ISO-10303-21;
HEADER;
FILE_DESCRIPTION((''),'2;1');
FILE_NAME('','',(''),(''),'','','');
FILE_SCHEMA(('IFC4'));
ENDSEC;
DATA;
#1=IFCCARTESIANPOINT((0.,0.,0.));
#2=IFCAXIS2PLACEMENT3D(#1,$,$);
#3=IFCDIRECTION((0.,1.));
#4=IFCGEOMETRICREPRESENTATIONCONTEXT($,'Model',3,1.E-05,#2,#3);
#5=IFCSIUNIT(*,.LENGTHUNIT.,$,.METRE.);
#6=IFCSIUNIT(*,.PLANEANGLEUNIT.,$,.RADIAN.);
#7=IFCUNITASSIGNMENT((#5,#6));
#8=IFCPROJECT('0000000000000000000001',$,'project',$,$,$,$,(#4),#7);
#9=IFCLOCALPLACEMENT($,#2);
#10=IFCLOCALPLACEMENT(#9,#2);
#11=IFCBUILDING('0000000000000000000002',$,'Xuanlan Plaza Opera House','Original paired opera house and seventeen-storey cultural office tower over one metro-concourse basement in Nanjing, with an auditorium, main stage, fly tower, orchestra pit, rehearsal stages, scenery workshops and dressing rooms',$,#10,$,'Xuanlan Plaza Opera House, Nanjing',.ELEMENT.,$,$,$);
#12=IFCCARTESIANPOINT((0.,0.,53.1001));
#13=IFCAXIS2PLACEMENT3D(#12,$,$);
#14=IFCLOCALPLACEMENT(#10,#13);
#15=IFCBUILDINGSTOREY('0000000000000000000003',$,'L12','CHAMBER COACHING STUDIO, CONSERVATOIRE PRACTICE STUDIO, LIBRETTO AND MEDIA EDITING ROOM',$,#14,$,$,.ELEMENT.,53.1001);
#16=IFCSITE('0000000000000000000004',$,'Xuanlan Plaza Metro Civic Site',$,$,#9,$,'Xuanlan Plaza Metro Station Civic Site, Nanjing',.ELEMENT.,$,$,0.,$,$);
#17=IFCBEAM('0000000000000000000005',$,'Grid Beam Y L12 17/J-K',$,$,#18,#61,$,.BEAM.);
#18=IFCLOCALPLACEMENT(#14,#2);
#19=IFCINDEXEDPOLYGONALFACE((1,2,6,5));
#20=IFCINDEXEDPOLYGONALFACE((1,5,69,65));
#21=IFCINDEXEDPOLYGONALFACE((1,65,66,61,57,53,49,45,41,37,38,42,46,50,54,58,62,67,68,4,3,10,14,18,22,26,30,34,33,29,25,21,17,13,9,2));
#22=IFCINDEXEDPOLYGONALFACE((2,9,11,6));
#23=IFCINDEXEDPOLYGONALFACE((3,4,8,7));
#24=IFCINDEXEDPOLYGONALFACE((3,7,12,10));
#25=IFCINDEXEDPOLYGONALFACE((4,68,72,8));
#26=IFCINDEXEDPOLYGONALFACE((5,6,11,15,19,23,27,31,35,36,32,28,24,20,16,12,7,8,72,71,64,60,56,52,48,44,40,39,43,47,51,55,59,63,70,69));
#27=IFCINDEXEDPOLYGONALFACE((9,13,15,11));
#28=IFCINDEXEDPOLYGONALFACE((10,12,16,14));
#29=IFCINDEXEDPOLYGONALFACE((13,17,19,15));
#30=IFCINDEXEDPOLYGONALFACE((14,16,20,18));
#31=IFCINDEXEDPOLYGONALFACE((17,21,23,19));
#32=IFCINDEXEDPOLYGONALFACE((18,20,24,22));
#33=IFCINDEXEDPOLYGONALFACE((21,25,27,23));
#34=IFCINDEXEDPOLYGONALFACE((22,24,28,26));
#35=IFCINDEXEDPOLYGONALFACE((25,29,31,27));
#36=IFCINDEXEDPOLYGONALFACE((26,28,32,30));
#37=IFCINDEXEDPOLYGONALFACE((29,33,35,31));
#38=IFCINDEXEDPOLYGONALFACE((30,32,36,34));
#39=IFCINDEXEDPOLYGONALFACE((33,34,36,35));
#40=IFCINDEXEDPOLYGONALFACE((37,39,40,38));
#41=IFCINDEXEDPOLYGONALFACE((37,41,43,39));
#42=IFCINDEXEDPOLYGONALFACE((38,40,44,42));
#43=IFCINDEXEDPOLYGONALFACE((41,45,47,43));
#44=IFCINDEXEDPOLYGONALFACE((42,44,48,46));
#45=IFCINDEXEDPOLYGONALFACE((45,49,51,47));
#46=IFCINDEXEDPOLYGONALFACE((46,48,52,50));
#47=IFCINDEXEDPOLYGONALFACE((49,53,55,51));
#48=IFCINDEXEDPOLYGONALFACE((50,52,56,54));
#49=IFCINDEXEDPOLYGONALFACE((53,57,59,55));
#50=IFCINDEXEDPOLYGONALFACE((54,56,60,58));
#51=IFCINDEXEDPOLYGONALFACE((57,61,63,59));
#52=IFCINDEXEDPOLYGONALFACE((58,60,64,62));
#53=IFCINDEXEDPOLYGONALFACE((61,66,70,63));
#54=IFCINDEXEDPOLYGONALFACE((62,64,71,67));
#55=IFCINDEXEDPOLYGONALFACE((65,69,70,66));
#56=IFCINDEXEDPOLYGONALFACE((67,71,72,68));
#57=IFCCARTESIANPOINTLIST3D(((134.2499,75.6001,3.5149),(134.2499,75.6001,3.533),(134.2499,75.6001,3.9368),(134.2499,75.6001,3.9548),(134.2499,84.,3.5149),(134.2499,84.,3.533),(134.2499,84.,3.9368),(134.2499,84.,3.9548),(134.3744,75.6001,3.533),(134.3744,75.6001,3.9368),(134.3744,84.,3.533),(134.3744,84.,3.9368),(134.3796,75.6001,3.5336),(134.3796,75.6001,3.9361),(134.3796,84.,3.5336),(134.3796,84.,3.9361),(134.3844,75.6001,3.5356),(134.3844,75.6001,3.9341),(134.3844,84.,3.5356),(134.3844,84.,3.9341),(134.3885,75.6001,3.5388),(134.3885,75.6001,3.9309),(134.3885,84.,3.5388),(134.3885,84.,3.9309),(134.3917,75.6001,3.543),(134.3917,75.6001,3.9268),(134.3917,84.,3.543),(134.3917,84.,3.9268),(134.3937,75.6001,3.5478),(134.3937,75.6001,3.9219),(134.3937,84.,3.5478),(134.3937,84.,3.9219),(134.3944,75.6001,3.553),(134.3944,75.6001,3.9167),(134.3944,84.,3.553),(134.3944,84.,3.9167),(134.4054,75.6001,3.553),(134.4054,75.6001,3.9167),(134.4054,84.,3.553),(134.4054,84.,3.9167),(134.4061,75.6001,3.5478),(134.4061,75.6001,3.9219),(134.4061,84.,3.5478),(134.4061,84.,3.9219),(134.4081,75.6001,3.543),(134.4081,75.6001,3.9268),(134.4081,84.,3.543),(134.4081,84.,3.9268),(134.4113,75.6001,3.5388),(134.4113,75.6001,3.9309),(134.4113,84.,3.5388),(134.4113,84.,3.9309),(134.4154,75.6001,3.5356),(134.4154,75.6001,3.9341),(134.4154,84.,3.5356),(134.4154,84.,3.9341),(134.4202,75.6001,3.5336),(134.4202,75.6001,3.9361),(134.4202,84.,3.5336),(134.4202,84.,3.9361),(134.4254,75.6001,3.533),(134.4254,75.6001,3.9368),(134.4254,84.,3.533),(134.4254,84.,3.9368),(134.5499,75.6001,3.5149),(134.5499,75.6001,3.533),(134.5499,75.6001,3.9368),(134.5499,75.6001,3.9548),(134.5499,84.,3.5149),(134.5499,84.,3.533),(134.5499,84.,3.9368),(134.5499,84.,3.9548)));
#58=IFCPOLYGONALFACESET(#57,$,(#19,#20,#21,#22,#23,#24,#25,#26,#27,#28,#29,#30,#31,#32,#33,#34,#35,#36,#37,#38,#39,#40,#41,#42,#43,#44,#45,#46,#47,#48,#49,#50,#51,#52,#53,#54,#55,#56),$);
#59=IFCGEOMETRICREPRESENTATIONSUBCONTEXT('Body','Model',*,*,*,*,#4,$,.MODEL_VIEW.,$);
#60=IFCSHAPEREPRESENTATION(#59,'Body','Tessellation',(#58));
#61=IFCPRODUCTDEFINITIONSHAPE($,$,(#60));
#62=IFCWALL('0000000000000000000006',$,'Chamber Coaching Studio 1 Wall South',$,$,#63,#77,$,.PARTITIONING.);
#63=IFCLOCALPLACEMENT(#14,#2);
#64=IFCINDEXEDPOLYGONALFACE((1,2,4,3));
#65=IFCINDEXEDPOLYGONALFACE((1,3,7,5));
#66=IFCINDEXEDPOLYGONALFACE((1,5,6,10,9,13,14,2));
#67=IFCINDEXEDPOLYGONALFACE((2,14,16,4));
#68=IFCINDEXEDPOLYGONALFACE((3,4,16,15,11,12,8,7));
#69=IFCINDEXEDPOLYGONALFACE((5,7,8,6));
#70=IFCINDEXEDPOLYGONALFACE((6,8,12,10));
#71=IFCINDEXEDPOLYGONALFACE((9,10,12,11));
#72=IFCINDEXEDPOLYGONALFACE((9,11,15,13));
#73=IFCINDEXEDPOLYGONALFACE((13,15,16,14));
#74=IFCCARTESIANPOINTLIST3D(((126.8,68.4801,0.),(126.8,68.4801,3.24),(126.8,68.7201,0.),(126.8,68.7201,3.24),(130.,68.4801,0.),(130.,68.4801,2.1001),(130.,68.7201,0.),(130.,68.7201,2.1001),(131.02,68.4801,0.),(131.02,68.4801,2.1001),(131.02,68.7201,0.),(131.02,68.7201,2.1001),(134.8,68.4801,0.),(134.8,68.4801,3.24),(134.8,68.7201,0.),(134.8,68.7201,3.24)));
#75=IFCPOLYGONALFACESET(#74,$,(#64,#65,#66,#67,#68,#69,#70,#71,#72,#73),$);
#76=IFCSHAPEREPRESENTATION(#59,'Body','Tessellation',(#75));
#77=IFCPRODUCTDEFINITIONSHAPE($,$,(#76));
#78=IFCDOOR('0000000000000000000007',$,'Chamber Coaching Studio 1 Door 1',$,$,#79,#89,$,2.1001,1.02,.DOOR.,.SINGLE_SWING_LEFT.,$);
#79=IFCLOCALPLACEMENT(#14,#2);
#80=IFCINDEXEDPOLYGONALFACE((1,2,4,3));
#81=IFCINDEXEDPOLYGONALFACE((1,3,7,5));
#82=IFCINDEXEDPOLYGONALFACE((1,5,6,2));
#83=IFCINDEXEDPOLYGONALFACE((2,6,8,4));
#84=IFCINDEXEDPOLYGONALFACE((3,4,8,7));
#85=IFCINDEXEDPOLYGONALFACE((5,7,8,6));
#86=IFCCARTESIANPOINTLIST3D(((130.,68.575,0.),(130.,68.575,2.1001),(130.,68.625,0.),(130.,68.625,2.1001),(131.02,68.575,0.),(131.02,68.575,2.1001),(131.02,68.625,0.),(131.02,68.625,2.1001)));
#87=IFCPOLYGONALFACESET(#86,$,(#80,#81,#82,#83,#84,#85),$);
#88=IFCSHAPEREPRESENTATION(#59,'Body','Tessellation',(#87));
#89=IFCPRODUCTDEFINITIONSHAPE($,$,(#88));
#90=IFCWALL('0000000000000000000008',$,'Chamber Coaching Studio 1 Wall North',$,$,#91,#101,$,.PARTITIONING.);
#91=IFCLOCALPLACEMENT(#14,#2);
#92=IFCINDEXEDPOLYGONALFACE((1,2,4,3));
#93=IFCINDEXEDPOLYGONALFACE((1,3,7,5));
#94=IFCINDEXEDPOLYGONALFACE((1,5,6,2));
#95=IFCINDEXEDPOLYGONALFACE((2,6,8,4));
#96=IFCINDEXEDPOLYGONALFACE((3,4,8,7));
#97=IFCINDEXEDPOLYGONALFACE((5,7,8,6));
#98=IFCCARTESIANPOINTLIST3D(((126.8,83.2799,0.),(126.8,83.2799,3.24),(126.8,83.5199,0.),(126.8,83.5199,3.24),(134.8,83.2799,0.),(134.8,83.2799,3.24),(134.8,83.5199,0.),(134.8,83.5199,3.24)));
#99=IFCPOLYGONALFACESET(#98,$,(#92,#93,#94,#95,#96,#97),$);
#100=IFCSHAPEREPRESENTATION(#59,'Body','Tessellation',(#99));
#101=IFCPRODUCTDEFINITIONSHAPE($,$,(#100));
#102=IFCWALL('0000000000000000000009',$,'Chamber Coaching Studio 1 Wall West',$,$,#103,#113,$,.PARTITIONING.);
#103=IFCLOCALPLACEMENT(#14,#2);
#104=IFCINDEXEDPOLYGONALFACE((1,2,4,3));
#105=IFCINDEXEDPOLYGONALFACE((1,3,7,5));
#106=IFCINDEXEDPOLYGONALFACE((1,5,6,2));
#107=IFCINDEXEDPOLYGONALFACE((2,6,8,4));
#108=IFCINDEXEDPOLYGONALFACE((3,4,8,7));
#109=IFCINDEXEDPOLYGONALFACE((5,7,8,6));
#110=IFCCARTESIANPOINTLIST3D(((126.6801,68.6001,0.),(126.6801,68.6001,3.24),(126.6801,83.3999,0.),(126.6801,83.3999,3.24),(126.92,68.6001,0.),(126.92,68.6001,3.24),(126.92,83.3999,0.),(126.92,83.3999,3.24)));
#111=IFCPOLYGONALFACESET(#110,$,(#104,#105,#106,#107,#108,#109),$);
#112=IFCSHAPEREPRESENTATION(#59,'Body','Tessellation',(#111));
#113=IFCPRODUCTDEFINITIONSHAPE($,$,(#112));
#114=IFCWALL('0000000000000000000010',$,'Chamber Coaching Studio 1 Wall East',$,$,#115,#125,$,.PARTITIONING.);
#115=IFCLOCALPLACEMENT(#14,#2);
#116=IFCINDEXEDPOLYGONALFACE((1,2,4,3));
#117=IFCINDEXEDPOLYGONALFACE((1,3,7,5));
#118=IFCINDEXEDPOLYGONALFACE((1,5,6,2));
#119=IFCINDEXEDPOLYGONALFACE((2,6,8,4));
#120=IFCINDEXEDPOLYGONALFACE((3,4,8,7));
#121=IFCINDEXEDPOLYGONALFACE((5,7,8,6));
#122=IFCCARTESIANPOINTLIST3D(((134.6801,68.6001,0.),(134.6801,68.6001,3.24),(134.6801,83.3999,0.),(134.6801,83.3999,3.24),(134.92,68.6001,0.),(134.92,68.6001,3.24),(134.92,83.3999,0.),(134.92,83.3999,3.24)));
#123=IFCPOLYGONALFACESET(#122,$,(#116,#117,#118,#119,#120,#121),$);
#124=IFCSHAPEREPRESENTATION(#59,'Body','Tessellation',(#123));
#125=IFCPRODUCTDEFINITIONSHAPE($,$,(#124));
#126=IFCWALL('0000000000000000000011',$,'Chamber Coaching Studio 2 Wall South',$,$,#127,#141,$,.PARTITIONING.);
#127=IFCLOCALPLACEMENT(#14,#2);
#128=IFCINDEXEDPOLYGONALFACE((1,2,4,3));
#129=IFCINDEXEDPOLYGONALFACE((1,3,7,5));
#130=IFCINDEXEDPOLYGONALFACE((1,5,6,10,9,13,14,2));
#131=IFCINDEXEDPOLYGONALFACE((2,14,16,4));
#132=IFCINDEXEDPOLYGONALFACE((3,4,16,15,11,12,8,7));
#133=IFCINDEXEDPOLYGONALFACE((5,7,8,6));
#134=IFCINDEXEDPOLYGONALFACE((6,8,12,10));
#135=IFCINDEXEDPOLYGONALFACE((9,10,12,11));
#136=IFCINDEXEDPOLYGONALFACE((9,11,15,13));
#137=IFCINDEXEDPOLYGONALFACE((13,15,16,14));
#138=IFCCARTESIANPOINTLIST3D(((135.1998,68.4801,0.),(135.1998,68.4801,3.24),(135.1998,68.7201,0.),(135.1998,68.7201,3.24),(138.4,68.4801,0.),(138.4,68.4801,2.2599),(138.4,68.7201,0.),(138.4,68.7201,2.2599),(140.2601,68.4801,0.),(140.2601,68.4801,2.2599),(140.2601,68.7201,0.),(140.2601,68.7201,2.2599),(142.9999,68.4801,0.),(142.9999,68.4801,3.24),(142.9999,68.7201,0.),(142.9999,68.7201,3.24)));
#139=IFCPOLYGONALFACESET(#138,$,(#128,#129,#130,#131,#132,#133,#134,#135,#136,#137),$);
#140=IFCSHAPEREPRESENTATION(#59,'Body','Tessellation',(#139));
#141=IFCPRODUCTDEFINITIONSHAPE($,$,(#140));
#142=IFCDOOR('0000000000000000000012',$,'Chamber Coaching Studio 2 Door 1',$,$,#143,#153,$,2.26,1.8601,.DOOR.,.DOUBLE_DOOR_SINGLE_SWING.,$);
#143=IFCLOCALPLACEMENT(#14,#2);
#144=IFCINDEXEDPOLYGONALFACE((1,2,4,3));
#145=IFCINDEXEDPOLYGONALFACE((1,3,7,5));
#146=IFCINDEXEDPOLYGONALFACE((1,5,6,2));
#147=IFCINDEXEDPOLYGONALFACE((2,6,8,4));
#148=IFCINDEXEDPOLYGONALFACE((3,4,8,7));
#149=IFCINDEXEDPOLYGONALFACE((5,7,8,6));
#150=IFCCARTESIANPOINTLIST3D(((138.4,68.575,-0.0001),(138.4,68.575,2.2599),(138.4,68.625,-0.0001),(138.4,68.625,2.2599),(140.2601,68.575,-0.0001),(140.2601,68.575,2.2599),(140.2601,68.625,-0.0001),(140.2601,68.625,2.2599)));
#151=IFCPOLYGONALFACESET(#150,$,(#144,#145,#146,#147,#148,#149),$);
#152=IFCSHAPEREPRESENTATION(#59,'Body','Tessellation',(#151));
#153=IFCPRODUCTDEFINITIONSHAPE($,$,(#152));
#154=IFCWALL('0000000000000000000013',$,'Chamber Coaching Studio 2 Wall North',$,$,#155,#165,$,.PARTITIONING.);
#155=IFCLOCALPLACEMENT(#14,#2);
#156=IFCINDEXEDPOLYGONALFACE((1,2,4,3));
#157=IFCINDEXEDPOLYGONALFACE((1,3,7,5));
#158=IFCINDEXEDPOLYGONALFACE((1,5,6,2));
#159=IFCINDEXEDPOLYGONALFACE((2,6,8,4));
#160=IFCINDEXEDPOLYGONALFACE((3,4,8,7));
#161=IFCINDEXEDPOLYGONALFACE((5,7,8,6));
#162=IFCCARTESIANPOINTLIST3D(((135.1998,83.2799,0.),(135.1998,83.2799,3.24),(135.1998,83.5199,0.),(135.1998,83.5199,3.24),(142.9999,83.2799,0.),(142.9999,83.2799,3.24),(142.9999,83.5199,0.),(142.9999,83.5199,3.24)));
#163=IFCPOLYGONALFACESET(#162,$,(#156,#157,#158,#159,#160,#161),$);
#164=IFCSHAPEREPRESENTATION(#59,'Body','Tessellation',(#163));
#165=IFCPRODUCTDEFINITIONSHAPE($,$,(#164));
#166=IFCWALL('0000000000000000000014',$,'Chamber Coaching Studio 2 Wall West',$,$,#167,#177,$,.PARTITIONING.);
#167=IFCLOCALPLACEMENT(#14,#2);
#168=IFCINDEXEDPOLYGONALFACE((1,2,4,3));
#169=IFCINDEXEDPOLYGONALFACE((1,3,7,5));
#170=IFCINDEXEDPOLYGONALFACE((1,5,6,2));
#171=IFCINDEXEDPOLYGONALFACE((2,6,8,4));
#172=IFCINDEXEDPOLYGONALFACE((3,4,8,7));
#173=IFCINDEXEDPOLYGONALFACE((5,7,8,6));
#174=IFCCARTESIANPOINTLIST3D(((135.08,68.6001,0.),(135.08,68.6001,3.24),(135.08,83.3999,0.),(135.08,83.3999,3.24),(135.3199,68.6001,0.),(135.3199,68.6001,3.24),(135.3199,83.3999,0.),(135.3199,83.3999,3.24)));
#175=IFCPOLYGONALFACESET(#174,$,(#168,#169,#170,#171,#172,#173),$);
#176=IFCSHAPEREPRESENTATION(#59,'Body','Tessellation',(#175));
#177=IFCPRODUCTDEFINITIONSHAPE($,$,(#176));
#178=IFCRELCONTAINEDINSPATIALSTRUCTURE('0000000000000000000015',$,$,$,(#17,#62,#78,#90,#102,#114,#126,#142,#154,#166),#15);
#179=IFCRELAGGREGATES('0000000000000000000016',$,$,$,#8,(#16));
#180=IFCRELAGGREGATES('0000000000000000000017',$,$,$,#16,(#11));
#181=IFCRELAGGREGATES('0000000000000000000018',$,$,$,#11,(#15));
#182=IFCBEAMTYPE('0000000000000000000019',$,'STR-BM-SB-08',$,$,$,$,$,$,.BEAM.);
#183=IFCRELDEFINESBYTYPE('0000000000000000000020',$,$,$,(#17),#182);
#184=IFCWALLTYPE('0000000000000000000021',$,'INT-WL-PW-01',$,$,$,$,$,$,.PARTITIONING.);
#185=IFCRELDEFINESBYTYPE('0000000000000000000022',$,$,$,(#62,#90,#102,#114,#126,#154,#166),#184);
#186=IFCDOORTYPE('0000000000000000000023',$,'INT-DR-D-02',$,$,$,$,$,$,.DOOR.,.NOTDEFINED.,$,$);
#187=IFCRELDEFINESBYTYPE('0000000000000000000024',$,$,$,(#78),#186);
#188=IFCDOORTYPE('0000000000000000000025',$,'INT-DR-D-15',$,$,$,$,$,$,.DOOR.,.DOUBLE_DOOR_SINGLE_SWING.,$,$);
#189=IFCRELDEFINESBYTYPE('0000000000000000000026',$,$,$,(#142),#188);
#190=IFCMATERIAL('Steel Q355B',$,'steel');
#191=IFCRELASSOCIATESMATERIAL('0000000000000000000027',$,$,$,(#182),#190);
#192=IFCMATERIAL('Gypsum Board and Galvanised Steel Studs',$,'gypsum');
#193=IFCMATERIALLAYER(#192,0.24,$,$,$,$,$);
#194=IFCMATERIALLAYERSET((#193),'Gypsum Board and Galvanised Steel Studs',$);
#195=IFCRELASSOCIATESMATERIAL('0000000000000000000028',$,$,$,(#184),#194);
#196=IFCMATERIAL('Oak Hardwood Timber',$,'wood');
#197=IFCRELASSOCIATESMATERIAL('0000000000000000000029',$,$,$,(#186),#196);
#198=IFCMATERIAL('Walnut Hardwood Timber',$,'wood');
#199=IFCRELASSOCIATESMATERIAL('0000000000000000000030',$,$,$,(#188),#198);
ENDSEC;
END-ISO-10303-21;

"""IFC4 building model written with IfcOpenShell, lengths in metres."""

from ifc_helpers import new_model, si_unit, direction, frame, frame_2d, origin, origin_2d, place, context, subcontext, project, spatial, rectangle, i_section, extrude, material, layer, layer_set, material_profile, profile_set, type_object, element, fill, save


model = new_model("IFC4")

# Units and contexts
model_context = context("Model", 3, precision=1e-05, world=origin(), true_north=direction((0.0, 1.0)))
body_context = subcontext(model_context, "Body", "Model", "MODEL_VIEW")
ifc_project = project(units=[si_unit("LENGTHUNIT", "METRE"), si_unit("PLANEANGLEUNIT", "RADIAN")], contexts=[model_context])

# Site, building, storey
site_placement = place(None, origin())
site = spatial("IfcSite", under=ifc_project, at=site_placement, Name="Xuanlan Plaza Metro Civic Site", LongName="Xuanlan Plaza Metro Station Civic Site, Nanjing", CompositionType="ELEMENT", RefElevation=0.0)
building_placement = place(site_placement, origin())
building = spatial("IfcBuilding", under=site, at=building_placement, Name="Xuanlan Plaza Opera House", Description="Original paired opera house and seventeen-storey cultural office tower over one metro-concourse basement in Nanjing, with an auditorium, main stage, fly tower, orchestra pit, rehearsal stages, scenery workshops and dressing rooms", LongName="Xuanlan Plaza Opera House, Nanjing", CompositionType="ELEMENT")
storey_placement = place(building_placement, frame((0.0, 0.0, 53.1001)))
storey = spatial("IfcBuildingStorey", under=building, at=storey_placement, Name="L12", Description="CHAMBER COACHING STUDIO, CONSERVATOIRE PRACTICE STUDIO, LIBRETTO AND MEDIA EDITING ROOM", CompositionType="ELEMENT", Elevation=53.1001)

# Shared definitions
ifc_material_1 = material(Name="Steel Q355B", Category="steel")

# Beam
ifc_material_profile_1 = material_profile(ifc_material_1, i_section(OverallWidth=0.3, OverallDepth=0.4399, WebThickness=0.011, FlangeThickness=0.0181, FilletRadius=0.02, at=origin_2d()), Name="HM 440x300x11x18")
ifc_profile_set_1 = profile_set([ifc_material_profile_1], Name="Steel Q355B")
beam_type_1 = type_object("IfcBeamType", Name="STR-BM-SB-08", PredefinedType="BEAM", material=ifc_profile_set_1)
beam_1_placement = place(storey_placement, frame((134.3999, 75.6001, 3.7349), z_axis=(0.0, 1.0, 0.0), x_axis=(-1.0, 0.0, 0.0)))
element("IfcBeam", 1, at=beam_1_placement, inside=storey, type_object=beam_type_1, Name="Grid Beam Y L12 17/J-K", PredefinedType="BEAM", context=body_context, shape_type="SweptSolid", body=[
    extrude(i_section(OverallWidth=0.3, OverallDepth=0.4399, WebThickness=0.011, FlangeThickness=0.0181, FilletRadius=0.02, at=origin_2d()), origin(), (0.0, 0.0, 1.0), 8.3999),
])

# Wall, opening, door
ifc_material_2 = material(Name="Gypsum Board and Galvanised Steel Studs", Category="gypsum")
ifc_layer_1 = layer(ifc_material_2, 0.24)
ifc_layer_set_1 = layer_set([ifc_layer_1], Name="Gypsum Board and Galvanised Steel Studs")
wall_type_1 = type_object("IfcWallType", Name="INT-WL-PW-01", PredefinedType="PARTITIONING", material=ifc_layer_set_1)
wall_1_placement = place(storey_placement, frame((126.8, 68.6001, 0.0), z_axis=(0.0, 0.0, 1.0), x_axis=(1.0, 0.0, 0.0)))
wall_1 = element("IfcWall", 2, at=wall_1_placement, inside=storey, type_object=wall_type_1, Name="Chamber Coaching Studio 1 Wall South", PredefinedType="PARTITIONING", context=body_context, shape_type="SweptSolid", body=[
    extrude(rectangle(XDim=8.0, YDim=0.24, at=frame_2d((4.0, 0.0))), origin(), (0.0, 0.0, 1.0), 3.24),
])
opening_1_placement = place(wall_1_placement, frame((3.2, 0.0, 0.0)))
opening_1 = element("IfcOpeningElement", 3, at=opening_1_placement, cuts=wall_1, PredefinedType="OPENING", context=body_context, shape_type="SweptSolid", body=[
    extrude(rectangle(XDim=1.02, YDim=2.1001, at=frame_2d((0.51, 1.05))), frame((0.0, 0.1299, 0.0), z_axis=(0.0, -1.0, 0.0), x_axis=(1.0, 0.0, 0.0)), (0.0, 0.0, 1.0), 0.26),
])
ifc_material_3 = material(Name="Oak Hardwood Timber", Category="wood")
door_type_1 = type_object("IfcDoorType", Name="INT-DR-D-02", OperationType="NOTDEFINED", PredefinedType="DOOR", material=ifc_material_3)
door_1_placement = place(opening_1_placement, origin())
door_1 = element("IfcDoor", 4, at=door_1_placement, inside=storey, type_object=door_type_1, Name="Chamber Coaching Studio 1 Door 1", OperationType="SINGLE_SWING_LEFT", OverallHeight=2.1001, OverallWidth=1.02, PredefinedType="DOOR", context=body_context, shape_type="SweptSolid", body=[
    extrude(rectangle(XDim=1.02, YDim=2.1001, at=frame_2d((0.51, 1.05))), frame((0.0, 0.0249, 0.0), z_axis=(0.0, -1.0, 0.0), x_axis=(1.0, 0.0, 0.0)), (0.0, 0.0, 1.0), 0.05),
])
fill(opening_1, door_1)

# Walls
wall_2_placement = place(storey_placement, frame((126.8, 83.3999, 0.0), z_axis=(0.0, 0.0, 1.0), x_axis=(1.0, 0.0, 0.0)))
element("IfcWall", 5, at=wall_2_placement, inside=storey, type_object=wall_type_1, Name="Chamber Coaching Studio 1 Wall North", PredefinedType="PARTITIONING", context=body_context, shape_type="SweptSolid", body=[
    extrude(rectangle(XDim=8.0, YDim=0.24, at=frame_2d((4.0, 0.0))), origin(), (0.0, 0.0, 1.0), 3.24),
])
for number, where, z_axis, x_axis, name in (
    (6, (126.8, 68.6001, 0.0), (0.0, 0.0, 1.0), (0.0, 1.0, 0.0), "Chamber Coaching Studio 1 Wall West"),
    (7, (134.8, 68.6001, 0.0), (0.0, 0.0, 1.0), (0.0, 1.0, 0.0), "Chamber Coaching Studio 1 Wall East"),
):
    element("IfcWall", number, at=place(storey_placement, frame(where, z_axis=z_axis, x_axis=x_axis)), inside=storey, type_object=wall_type_1, Name=name, PredefinedType="PARTITIONING", context=body_context, shape_type="SweptSolid", body=[
        extrude(rectangle(XDim=14.7998, YDim=0.24, at=frame_2d((7.3999, 0.0))), origin(), (0.0, 0.0, 1.0), 3.24),
    ])

# Wall, opening, door
wall_3_placement = place(storey_placement, frame((135.2, 68.6001, 0.0), z_axis=(0.0, 0.0, 1.0), x_axis=(1.0, 0.0, 0.0)))
wall_3 = element("IfcWall", 8, at=wall_3_placement, inside=storey, type_object=wall_type_1, Name="Chamber Coaching Studio 2 Wall South", PredefinedType="PARTITIONING", context=body_context, shape_type="SweptSolid", body=[
    extrude(rectangle(XDim=7.8, YDim=0.24, at=frame_2d((3.8999, 0.0))), origin(), (0.0, 0.0, 1.0), 3.24),
])
opening_2_placement = place(wall_3_placement, frame((3.2, 0.0, 0.0)))
opening_2 = element("IfcOpeningElement", 9, at=opening_2_placement, cuts=wall_3, PredefinedType="OPENING", context=body_context, shape_type="SweptSolid", body=[
    extrude(rectangle(XDim=1.8601, YDim=2.26, at=frame_2d((0.9302, 1.1299))), frame((0.0, 0.1299, 0.0), z_axis=(0.0, -1.0, 0.0), x_axis=(1.0, 0.0, 0.0)), (0.0, 0.0, 1.0), 0.26),
])
ifc_material_4 = material(Name="Walnut Hardwood Timber", Category="wood")
door_type_2 = type_object("IfcDoorType", Name="INT-DR-D-15", OperationType="DOUBLE_DOOR_SINGLE_SWING", PredefinedType="DOOR", material=ifc_material_4)
door_2_placement = place(opening_2_placement, origin())
door_2 = element("IfcDoor", 10, at=door_2_placement, inside=storey, type_object=door_type_2, Name="Chamber Coaching Studio 2 Door 1", OperationType="DOUBLE_DOOR_SINGLE_SWING", OverallHeight=2.26, OverallWidth=1.8601, PredefinedType="DOOR", context=body_context, shape_type="SweptSolid", body=[
    extrude(rectangle(XDim=1.8601, YDim=2.26, at=frame_2d((0.9302, 1.1299))), frame((0.0, 0.0249, 0.0), z_axis=(0.0, -1.0, 0.0), x_axis=(1.0, 0.0, 0.0)), (0.0, 0.0, 1.0), 0.05),
])
fill(opening_2, door_2)

# Walls
wall_4_placement = place(storey_placement, frame((135.2, 83.3999, 0.0), z_axis=(0.0, 0.0, 1.0), x_axis=(1.0, 0.0, 0.0)))
element("IfcWall", 11, at=wall_4_placement, inside=storey, type_object=wall_type_1, Name="Chamber Coaching Studio 2 Wall North", PredefinedType="PARTITIONING", context=body_context, shape_type="SweptSolid", body=[
    extrude(rectangle(XDim=7.8, YDim=0.24, at=frame_2d((3.8999, 0.0))), origin(), (0.0, 0.0, 1.0), 3.24),
])
wall_5_placement = place(storey_placement, frame((135.2, 68.6001, 0.0), z_axis=(0.0, 0.0, 1.0), x_axis=(0.0, 1.0, 0.0)))
element("IfcWall", 12, at=wall_5_placement, inside=storey, type_object=wall_type_1, Name="Chamber Coaching Studio 2 Wall West", PredefinedType="PARTITIONING", context=body_context, shape_type="SweptSolid", body=[
    extrude(rectangle(XDim=14.7998, YDim=0.24, at=frame_2d((7.3999, 0.0))), origin(), (0.0, 0.0, 1.0), 3.24),
])

save(model, "model.ifc")
